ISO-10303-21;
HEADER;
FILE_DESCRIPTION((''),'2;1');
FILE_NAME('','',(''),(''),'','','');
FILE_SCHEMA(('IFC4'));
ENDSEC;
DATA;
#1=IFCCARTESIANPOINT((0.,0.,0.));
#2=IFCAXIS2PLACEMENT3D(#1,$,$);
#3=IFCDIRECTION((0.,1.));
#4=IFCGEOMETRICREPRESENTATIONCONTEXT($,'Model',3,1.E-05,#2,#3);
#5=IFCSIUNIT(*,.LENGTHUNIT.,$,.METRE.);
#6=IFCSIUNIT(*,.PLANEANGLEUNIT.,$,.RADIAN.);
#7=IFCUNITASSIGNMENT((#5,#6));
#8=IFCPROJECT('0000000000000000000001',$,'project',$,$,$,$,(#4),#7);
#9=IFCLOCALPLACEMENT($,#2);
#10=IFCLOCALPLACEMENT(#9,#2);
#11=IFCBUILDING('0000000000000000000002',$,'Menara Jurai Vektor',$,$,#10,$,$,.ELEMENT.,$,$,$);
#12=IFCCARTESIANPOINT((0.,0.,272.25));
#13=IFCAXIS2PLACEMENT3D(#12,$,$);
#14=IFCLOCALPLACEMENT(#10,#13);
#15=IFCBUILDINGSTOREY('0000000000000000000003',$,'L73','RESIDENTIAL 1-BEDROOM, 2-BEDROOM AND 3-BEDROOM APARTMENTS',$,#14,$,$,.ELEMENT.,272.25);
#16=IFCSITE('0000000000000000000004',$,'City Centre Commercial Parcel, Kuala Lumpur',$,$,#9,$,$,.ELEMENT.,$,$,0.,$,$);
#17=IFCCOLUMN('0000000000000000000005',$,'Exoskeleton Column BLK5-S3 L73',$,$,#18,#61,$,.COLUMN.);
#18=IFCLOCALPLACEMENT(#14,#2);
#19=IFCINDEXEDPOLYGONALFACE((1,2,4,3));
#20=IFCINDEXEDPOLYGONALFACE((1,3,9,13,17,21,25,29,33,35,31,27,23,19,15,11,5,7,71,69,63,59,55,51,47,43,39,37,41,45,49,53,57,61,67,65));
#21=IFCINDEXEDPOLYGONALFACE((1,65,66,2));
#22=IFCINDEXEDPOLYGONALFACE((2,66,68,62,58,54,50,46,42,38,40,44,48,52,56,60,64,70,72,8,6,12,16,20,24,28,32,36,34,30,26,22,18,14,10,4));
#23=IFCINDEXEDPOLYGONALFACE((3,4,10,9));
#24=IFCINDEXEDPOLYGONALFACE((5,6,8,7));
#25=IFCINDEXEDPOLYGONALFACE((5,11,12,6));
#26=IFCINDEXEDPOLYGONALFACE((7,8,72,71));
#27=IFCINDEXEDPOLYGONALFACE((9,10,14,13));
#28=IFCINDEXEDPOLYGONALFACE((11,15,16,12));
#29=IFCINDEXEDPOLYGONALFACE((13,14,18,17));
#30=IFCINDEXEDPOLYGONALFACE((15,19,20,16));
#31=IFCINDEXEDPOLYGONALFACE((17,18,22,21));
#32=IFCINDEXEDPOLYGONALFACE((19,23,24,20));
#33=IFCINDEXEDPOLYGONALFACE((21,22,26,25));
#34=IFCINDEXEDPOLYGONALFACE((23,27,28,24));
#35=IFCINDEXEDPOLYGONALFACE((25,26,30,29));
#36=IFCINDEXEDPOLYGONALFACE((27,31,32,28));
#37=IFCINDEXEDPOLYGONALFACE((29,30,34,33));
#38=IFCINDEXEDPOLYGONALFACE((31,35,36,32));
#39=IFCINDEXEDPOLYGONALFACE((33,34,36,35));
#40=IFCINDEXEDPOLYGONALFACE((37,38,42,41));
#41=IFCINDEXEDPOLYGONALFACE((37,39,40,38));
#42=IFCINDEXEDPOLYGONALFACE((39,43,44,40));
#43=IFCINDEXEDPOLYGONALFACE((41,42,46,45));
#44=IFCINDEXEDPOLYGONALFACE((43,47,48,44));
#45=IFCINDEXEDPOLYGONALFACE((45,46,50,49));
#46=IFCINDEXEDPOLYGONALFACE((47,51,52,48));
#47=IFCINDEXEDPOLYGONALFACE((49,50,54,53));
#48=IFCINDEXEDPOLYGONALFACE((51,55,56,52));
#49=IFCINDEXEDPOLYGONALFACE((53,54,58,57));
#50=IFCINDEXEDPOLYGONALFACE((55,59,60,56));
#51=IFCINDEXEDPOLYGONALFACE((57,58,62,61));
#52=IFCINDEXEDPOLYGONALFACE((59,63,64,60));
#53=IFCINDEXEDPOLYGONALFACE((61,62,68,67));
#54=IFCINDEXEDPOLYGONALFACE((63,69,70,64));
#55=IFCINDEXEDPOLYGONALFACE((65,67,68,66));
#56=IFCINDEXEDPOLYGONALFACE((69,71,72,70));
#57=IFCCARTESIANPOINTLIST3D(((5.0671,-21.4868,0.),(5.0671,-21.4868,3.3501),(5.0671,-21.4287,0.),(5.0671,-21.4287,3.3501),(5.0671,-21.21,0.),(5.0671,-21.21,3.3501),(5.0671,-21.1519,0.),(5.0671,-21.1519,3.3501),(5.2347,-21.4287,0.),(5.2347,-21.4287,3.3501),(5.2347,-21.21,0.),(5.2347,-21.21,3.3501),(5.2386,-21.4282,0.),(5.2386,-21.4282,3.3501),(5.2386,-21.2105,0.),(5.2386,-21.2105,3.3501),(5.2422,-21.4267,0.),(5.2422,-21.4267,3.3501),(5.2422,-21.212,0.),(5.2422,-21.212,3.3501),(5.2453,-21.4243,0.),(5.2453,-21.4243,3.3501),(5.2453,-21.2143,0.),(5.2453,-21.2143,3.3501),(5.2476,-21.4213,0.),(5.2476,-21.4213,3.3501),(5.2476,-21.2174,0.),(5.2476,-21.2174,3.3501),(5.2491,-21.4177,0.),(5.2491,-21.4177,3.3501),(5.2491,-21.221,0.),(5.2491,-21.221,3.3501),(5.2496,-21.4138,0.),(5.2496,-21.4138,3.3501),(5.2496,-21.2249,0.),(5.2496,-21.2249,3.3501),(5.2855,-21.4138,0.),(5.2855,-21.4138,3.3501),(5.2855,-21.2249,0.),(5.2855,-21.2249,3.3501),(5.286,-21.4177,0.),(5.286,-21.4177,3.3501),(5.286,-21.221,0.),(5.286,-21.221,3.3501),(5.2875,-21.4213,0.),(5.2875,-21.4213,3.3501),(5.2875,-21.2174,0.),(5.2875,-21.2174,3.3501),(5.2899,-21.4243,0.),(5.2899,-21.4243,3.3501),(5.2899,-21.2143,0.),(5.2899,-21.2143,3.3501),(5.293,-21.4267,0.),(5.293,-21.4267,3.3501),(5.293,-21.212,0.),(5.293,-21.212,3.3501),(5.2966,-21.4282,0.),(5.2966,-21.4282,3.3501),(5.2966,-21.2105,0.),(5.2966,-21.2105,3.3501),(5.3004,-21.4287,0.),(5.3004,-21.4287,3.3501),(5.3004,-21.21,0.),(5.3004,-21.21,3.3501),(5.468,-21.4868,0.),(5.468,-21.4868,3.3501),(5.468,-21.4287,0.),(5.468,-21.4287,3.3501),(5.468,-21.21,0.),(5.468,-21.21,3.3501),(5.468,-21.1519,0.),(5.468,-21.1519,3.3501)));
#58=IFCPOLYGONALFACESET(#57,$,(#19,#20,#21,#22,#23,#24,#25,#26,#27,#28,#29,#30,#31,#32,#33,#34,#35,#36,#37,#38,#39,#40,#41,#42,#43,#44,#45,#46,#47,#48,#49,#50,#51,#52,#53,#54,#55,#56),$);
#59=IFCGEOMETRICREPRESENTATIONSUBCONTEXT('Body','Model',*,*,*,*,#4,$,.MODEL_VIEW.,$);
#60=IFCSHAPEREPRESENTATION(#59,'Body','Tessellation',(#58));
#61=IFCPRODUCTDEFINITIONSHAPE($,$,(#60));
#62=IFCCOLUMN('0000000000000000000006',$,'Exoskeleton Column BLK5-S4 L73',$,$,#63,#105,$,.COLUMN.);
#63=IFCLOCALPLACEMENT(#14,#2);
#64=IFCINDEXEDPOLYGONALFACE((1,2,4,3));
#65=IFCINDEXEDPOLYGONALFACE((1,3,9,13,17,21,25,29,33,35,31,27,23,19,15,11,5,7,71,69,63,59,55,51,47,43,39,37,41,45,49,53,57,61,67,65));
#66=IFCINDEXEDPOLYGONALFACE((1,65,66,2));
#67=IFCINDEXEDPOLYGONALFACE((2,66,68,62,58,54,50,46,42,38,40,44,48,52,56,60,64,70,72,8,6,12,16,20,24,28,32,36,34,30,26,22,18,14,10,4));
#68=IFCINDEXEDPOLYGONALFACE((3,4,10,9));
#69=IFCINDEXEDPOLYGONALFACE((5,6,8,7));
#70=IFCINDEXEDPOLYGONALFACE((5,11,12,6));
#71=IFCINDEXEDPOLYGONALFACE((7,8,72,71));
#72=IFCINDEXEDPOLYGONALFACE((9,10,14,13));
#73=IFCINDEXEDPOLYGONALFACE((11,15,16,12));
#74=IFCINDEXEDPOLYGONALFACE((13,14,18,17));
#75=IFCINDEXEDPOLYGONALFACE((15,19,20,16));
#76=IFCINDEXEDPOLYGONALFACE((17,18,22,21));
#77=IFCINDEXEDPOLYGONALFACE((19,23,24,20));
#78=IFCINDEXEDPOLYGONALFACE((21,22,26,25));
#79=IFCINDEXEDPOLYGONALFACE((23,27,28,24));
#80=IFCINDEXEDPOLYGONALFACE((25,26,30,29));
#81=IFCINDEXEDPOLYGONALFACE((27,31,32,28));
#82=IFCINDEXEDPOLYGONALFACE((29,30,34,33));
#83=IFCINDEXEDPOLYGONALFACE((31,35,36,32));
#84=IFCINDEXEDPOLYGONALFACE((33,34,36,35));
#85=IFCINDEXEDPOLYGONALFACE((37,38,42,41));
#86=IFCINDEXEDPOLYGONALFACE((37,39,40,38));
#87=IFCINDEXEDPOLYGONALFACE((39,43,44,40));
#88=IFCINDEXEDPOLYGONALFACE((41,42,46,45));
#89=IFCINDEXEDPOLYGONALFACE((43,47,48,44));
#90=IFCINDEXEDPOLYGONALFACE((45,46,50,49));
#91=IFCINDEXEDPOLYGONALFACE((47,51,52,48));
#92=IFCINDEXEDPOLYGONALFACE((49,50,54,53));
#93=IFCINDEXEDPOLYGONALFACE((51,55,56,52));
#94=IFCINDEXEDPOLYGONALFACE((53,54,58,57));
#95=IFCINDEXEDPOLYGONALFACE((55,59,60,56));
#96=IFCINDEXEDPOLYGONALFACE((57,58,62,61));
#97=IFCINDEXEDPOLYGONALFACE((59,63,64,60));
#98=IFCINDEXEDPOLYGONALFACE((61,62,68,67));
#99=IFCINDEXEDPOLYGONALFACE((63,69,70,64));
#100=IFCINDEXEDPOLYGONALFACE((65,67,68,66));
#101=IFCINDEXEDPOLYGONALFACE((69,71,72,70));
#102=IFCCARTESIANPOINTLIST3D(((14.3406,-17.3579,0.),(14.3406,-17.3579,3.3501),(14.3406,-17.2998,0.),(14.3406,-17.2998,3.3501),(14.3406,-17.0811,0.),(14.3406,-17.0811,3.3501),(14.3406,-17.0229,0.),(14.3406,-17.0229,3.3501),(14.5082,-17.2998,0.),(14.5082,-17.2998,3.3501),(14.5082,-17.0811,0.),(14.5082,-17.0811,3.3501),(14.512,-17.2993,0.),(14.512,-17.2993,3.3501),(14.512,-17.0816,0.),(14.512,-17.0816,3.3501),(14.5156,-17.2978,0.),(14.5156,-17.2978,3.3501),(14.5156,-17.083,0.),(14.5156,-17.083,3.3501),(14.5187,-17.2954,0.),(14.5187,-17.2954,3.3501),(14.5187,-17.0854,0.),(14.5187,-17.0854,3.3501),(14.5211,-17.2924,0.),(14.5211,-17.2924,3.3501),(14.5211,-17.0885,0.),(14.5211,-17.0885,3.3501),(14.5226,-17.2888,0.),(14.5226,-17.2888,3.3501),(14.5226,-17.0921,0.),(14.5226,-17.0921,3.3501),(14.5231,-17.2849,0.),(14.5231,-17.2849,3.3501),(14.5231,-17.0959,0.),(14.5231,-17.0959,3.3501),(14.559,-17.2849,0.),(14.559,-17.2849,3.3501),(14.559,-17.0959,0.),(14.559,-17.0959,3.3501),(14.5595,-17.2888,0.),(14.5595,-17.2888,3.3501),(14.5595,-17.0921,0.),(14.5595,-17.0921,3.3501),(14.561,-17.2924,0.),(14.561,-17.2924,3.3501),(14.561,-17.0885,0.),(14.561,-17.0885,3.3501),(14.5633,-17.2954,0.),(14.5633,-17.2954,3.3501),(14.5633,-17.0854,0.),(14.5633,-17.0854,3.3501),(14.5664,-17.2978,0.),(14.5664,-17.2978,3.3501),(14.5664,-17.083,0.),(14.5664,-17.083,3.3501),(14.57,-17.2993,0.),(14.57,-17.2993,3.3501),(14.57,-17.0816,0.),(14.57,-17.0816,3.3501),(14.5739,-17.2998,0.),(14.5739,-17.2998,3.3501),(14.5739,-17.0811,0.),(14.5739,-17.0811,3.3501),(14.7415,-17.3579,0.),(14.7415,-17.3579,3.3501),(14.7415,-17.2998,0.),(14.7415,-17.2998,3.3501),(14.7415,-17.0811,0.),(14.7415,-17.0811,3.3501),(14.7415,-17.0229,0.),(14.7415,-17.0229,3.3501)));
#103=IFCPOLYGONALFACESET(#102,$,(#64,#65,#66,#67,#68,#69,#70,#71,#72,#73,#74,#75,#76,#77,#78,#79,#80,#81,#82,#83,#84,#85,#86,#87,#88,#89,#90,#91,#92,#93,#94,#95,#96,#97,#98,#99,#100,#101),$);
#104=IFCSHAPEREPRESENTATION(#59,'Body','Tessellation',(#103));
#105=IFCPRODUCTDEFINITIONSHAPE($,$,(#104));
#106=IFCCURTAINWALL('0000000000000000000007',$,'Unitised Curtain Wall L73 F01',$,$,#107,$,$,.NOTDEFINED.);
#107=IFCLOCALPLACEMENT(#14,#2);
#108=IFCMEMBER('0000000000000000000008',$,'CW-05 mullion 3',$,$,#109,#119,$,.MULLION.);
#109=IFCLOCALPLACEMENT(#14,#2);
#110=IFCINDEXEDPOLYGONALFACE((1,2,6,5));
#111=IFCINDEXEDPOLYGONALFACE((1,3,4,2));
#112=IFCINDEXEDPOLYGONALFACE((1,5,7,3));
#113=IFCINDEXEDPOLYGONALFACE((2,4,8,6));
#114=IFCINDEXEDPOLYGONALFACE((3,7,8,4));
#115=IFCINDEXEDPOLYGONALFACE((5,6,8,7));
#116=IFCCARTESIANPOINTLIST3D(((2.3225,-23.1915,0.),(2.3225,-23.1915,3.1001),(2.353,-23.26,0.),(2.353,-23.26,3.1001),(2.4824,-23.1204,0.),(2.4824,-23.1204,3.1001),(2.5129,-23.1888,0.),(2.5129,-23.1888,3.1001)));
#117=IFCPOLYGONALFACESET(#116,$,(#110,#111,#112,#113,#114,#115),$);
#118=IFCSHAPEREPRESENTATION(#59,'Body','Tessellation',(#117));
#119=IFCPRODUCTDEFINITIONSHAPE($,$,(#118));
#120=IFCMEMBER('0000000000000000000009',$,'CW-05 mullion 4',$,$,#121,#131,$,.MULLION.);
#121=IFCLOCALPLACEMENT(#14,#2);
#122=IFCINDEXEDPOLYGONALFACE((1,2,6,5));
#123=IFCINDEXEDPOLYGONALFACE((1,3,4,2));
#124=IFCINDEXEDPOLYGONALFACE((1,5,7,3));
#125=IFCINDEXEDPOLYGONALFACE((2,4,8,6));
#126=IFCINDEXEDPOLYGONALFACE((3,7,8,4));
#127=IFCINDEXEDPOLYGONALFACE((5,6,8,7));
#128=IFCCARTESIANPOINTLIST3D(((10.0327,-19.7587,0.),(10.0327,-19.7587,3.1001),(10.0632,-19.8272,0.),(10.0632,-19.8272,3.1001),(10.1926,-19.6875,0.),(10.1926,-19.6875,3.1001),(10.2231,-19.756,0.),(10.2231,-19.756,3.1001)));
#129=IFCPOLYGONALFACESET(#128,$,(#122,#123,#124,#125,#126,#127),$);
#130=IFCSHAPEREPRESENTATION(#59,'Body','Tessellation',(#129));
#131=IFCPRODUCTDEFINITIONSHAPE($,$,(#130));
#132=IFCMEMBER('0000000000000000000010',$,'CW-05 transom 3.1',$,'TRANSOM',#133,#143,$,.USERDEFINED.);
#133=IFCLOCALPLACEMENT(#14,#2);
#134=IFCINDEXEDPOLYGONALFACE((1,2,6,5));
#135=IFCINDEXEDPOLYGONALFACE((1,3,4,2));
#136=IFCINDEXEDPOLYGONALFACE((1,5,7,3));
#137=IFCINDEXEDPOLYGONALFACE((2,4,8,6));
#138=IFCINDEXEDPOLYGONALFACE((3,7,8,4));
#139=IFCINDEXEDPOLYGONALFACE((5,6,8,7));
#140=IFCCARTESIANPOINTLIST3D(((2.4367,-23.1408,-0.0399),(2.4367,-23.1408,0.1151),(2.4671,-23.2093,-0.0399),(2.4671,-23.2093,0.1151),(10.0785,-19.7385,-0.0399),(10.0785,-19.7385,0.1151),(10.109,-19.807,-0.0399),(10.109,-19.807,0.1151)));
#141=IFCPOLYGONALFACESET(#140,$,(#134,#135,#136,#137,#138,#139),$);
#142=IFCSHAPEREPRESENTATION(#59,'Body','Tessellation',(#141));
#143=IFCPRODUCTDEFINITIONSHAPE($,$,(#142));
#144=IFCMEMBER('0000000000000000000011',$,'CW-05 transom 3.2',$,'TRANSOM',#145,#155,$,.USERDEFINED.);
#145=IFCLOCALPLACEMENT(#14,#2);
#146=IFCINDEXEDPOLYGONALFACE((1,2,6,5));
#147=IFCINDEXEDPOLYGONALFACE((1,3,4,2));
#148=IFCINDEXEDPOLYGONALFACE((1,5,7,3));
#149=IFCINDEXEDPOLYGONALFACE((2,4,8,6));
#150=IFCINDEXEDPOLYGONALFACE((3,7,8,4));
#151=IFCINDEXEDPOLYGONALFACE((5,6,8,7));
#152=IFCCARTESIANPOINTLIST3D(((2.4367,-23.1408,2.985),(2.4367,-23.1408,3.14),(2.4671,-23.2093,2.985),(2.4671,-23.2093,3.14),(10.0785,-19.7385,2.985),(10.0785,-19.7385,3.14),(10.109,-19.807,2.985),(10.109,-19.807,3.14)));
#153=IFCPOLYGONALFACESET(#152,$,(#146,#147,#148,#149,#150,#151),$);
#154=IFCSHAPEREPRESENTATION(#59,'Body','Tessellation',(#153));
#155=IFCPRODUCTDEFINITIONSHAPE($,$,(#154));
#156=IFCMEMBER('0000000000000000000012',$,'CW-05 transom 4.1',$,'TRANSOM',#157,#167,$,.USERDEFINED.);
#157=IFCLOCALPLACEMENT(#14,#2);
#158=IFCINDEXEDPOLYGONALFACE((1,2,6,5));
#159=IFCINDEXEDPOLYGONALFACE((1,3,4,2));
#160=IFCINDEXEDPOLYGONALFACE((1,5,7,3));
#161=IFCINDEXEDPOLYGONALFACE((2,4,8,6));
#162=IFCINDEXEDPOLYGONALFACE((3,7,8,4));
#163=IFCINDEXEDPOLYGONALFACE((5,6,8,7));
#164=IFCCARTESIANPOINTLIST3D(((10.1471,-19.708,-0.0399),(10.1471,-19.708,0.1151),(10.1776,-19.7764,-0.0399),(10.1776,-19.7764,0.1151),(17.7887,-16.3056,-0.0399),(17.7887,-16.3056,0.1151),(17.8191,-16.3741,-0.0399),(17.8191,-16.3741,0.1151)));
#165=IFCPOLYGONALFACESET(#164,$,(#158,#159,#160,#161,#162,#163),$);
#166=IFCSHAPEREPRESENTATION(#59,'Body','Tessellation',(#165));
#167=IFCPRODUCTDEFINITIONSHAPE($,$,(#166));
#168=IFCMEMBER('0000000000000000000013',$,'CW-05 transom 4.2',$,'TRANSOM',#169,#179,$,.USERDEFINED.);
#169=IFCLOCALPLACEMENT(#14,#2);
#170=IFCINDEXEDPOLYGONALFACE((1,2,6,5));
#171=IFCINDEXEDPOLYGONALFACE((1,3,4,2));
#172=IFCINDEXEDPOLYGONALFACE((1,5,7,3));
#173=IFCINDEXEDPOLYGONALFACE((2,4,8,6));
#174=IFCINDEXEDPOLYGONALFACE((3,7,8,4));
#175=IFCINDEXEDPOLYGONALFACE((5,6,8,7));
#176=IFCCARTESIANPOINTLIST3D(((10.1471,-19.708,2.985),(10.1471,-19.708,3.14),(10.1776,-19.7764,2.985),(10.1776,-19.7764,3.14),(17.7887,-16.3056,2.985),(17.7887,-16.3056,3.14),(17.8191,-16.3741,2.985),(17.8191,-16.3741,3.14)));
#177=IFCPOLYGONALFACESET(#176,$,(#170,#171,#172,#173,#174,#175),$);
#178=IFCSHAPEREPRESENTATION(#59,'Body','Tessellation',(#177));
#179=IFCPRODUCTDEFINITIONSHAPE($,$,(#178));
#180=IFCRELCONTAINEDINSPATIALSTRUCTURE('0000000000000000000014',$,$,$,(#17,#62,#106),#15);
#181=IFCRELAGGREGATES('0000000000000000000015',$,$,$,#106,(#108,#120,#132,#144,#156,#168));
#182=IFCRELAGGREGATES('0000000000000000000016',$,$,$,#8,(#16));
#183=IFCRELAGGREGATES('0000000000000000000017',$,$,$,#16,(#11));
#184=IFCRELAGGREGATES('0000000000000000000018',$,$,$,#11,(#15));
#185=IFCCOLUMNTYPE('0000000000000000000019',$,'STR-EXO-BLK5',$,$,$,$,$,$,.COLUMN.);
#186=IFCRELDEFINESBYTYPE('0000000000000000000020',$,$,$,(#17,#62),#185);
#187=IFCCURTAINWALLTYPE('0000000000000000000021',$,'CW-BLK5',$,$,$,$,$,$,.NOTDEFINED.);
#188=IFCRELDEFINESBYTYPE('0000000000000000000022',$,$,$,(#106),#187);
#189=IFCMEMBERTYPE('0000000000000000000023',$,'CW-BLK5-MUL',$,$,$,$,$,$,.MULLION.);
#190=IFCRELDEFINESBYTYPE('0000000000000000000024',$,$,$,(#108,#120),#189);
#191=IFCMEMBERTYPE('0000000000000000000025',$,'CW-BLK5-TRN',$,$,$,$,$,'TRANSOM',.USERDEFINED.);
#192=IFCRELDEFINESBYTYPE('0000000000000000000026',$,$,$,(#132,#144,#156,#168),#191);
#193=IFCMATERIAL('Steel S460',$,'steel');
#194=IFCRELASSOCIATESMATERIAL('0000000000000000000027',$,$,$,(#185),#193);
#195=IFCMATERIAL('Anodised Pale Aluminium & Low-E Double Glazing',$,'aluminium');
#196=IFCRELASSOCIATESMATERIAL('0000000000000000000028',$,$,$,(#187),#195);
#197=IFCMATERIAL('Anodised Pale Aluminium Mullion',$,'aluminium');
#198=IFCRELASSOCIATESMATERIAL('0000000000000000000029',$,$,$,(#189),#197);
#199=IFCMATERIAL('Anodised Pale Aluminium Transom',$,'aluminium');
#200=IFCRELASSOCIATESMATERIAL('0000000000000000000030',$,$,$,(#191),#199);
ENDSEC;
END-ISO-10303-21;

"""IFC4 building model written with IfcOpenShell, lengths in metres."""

from ifc_helpers import new_model, si_unit, direction, frame, origin, origin_2d, place, context, subcontext, project, spatial, rectangle, i_section, extrude, material, material_profile, profile_set, type_object, element, aggregate, save


model = new_model("IFC4")

# Units and contexts
model_context = context("Model", 3, precision=1e-05, world=origin(), true_north=direction((0.0, 1.0)))
body_context = subcontext(model_context, "Body", "Model", "MODEL_VIEW")
ifc_project = project(units=[si_unit("LENGTHUNIT", "METRE"), si_unit("PLANEANGLEUNIT", "RADIAN")], contexts=[model_context])

# Site, building, storey
site_placement = place(None, origin())
site = spatial("IfcSite", under=ifc_project, at=site_placement, Name="City Centre Commercial Parcel, Kuala Lumpur", CompositionType="ELEMENT", RefElevation=0.0)
building_placement = place(site_placement, origin())
building = spatial("IfcBuilding", under=site, at=building_placement, Name="Menara Jurai Vektor", CompositionType="ELEMENT")
storey_placement = place(building_placement, frame((0.0, 0.0, 272.25)))
storey = spatial("IfcBuildingStorey", under=building, at=storey_placement, Name="L73", Description="RESIDENTIAL 1-BEDROOM, 2-BEDROOM AND 3-BEDROOM APARTMENTS", CompositionType="ELEMENT", Elevation=272.25)

# Columns
ifc_material_1 = material(Name="Steel S460", Category="steel")
ifc_material_profile_1 = material_profile(ifc_material_1, i_section(OverallWidth=0.4009, OverallDepth=0.335, WebThickness=0.0359, FlangeThickness=0.0581, FilletRadius=0.0149, at=origin_2d()), Name="HD 400x463")
ifc_profile_set_1 = profile_set([ifc_material_profile_1], Name="Steel S460")
column_type = type_object("IfcColumnType", Name="STR-EXO-BLK5", PredefinedType="COLUMN", material=ifc_profile_set_1)
for number, where, z_axis, x_axis, name in (
    (1, (5.2676, -21.3193, 0.0), (0.0, 0.0, 1.0), (1.0, 0.0, 0.0), "Exoskeleton Column BLK5-S3 L73"),
    (2, (14.541, -17.1904, 0.0), (0.0, 0.0, 1.0), (1.0, 0.0, 0.0), "Exoskeleton Column BLK5-S4 L73"),
):
    element("IfcColumn", number, at=place(storey_placement, frame(where, z_axis=z_axis, x_axis=x_axis)), inside=storey, type_object=column_type, Name=name, PredefinedType="COLUMN", context=body_context, shape_type="SweptSolid", body=[
        extrude(i_section(OverallWidth=0.4009, OverallDepth=0.335, WebThickness=0.0359, FlangeThickness=0.0581, FilletRadius=0.0149, at=origin_2d()), origin(), (0.0, 0.0, 1.0), 3.3501),
    ])

# Curtain wall, members
ifc_material_2 = material(Name="Anodised Pale Aluminium & Low-E Double Glazing", Category="aluminium")
curtain_wall_type = type_object("IfcCurtainWallType", Name="CW-BLK5", PredefinedType="NOTDEFINED", material=ifc_material_2)
curtain_wall_placement = place(storey_placement, origin())
curtain_wall = element("IfcCurtainWall", 3, at=curtain_wall_placement, inside=storey, type_object=curtain_wall_type, Name="Unitised Curtain Wall L73 F01", PredefinedType="NOTDEFINED")
ifc_material_3 = material(Name="Anodised Pale Aluminium Mullion", Category="aluminium")
ifc_material_profile_2 = material_profile(ifc_material_3, rectangle(XDim=0.075, YDim=0.175, at=origin_2d()), Name="ALU MUL 75x175")
ifc_profile_set_2 = profile_set([ifc_material_profile_2], Name="Anodised Pale Aluminium Mullion")
member_type_1 = type_object("IfcMemberType", Name="CW-BLK5-MUL", PredefinedType="MULLION", material=ifc_profile_set_2)
member_1_placement = place(storey_placement, frame((2.4177, -23.1902, 0.0), z_axis=(0.0, 0.0, 1.0), x_axis=(-0.406735, 0.913546, 0.0)))
member_1 = element("IfcMember", 4, at=member_1_placement, type_object=member_type_1, Name="CW-05 mullion 3", PredefinedType="MULLION", context=body_context, shape_type="SweptSolid", body=[
    extrude(rectangle(XDim=0.075, YDim=0.175, at=origin_2d()), origin(), (0.0, 0.0, 1.0), 3.1001),
])
member_2_placement = place(storey_placement, frame((10.1279, -19.7573, 0.0), z_axis=(0.0, 0.0, 1.0), x_axis=(-0.406735, 0.913546, 0.0)))
member_2 = element("IfcMember", 5, at=member_2_placement, type_object=member_type_1, Name="CW-05 mullion 4", PredefinedType="MULLION", context=body_context, shape_type="SweptSolid", body=[
    extrude(rectangle(XDim=0.075, YDim=0.175, at=origin_2d()), origin(), (0.0, 0.0, 1.0), 3.1001),
])
ifc_material_4 = material(Name="Anodised Pale Aluminium Transom", Category="aluminium")
ifc_material_profile_3 = material_profile(ifc_material_4, rectangle(XDim=0.075, YDim=0.155, at=origin_2d()), Name="ALU TRN 75x155")
ifc_profile_set_3 = profile_set([ifc_material_profile_3], Name="Anodised Pale Aluminium Transom")
member_type_2 = type_object("IfcMemberType", Name="CW-BLK5-TRN", ElementType="TRANSOM", PredefinedType="USERDEFINED", material=ifc_profile_set_3)
member_3_placement = place(storey_placement, frame((2.4519, -23.175, 0.0376), z_axis=(0.913547, 0.406734, 0.0), x_axis=(-0.406734, 0.913547, 0.0)))
member_3 = element("IfcMember", 6, at=member_3_placement, type_object=member_type_2, Name="CW-05 transom 3.1", ObjectType="TRANSOM", PredefinedType="USERDEFINED", context=body_context, shape_type="SweptSolid", body=[
    extrude(rectangle(XDim=0.075, YDim=0.155, at=origin_2d()), origin(), (0.0, 0.0, 1.0), 8.365),
])
member_4_placement = place(storey_placement, frame((2.4519, -23.175, 3.0625), z_axis=(0.913547, 0.406734, 0.0), x_axis=(-0.406734, 0.913547, 0.0)))
member_4 = element("IfcMember", 7, at=member_4_placement, type_object=member_type_2, Name="CW-05 transom 3.2", ObjectType="TRANSOM", PredefinedType="USERDEFINED", context=body_context, shape_type="SweptSolid", body=[
    extrude(rectangle(XDim=0.075, YDim=0.155, at=origin_2d()), origin(), (0.0, 0.0, 1.0), 8.365),
])
member_5_placement = place(storey_placement, frame((10.1624, -19.7422, 0.0376), z_axis=(0.913542, 0.406745, 0.0), x_axis=(-0.406745, 0.913542, 0.0)))
member_5 = element("IfcMember", 8, at=member_5_placement, type_object=member_type_2, Name="CW-05 transom 4.1", ObjectType="TRANSOM", PredefinedType="USERDEFINED", context=body_context, shape_type="SweptSolid", body=[
    extrude(rectangle(XDim=0.075, YDim=0.155, at=origin_2d()), origin(), (0.0, 0.0, 1.0), 8.3647),
])
member_6_placement = place(storey_placement, frame((10.1624, -19.7422, 3.0625), z_axis=(0.913542, 0.406745, 0.0), x_axis=(-0.406745, 0.913542, 0.0)))
member_6 = element("IfcMember", 9, at=member_6_placement, type_object=member_type_2, Name="CW-05 transom 4.2", ObjectType="TRANSOM", PredefinedType="USERDEFINED", context=body_context, shape_type="SweptSolid", body=[
    extrude(rectangle(XDim=0.075, YDim=0.155, at=origin_2d()), origin(), (0.0, 0.0, 1.0), 8.3647),
])

aggregate(curtain_wall, [member_1, member_2, member_3, member_4, member_5, member_6])

save(model, "model.ifc")
